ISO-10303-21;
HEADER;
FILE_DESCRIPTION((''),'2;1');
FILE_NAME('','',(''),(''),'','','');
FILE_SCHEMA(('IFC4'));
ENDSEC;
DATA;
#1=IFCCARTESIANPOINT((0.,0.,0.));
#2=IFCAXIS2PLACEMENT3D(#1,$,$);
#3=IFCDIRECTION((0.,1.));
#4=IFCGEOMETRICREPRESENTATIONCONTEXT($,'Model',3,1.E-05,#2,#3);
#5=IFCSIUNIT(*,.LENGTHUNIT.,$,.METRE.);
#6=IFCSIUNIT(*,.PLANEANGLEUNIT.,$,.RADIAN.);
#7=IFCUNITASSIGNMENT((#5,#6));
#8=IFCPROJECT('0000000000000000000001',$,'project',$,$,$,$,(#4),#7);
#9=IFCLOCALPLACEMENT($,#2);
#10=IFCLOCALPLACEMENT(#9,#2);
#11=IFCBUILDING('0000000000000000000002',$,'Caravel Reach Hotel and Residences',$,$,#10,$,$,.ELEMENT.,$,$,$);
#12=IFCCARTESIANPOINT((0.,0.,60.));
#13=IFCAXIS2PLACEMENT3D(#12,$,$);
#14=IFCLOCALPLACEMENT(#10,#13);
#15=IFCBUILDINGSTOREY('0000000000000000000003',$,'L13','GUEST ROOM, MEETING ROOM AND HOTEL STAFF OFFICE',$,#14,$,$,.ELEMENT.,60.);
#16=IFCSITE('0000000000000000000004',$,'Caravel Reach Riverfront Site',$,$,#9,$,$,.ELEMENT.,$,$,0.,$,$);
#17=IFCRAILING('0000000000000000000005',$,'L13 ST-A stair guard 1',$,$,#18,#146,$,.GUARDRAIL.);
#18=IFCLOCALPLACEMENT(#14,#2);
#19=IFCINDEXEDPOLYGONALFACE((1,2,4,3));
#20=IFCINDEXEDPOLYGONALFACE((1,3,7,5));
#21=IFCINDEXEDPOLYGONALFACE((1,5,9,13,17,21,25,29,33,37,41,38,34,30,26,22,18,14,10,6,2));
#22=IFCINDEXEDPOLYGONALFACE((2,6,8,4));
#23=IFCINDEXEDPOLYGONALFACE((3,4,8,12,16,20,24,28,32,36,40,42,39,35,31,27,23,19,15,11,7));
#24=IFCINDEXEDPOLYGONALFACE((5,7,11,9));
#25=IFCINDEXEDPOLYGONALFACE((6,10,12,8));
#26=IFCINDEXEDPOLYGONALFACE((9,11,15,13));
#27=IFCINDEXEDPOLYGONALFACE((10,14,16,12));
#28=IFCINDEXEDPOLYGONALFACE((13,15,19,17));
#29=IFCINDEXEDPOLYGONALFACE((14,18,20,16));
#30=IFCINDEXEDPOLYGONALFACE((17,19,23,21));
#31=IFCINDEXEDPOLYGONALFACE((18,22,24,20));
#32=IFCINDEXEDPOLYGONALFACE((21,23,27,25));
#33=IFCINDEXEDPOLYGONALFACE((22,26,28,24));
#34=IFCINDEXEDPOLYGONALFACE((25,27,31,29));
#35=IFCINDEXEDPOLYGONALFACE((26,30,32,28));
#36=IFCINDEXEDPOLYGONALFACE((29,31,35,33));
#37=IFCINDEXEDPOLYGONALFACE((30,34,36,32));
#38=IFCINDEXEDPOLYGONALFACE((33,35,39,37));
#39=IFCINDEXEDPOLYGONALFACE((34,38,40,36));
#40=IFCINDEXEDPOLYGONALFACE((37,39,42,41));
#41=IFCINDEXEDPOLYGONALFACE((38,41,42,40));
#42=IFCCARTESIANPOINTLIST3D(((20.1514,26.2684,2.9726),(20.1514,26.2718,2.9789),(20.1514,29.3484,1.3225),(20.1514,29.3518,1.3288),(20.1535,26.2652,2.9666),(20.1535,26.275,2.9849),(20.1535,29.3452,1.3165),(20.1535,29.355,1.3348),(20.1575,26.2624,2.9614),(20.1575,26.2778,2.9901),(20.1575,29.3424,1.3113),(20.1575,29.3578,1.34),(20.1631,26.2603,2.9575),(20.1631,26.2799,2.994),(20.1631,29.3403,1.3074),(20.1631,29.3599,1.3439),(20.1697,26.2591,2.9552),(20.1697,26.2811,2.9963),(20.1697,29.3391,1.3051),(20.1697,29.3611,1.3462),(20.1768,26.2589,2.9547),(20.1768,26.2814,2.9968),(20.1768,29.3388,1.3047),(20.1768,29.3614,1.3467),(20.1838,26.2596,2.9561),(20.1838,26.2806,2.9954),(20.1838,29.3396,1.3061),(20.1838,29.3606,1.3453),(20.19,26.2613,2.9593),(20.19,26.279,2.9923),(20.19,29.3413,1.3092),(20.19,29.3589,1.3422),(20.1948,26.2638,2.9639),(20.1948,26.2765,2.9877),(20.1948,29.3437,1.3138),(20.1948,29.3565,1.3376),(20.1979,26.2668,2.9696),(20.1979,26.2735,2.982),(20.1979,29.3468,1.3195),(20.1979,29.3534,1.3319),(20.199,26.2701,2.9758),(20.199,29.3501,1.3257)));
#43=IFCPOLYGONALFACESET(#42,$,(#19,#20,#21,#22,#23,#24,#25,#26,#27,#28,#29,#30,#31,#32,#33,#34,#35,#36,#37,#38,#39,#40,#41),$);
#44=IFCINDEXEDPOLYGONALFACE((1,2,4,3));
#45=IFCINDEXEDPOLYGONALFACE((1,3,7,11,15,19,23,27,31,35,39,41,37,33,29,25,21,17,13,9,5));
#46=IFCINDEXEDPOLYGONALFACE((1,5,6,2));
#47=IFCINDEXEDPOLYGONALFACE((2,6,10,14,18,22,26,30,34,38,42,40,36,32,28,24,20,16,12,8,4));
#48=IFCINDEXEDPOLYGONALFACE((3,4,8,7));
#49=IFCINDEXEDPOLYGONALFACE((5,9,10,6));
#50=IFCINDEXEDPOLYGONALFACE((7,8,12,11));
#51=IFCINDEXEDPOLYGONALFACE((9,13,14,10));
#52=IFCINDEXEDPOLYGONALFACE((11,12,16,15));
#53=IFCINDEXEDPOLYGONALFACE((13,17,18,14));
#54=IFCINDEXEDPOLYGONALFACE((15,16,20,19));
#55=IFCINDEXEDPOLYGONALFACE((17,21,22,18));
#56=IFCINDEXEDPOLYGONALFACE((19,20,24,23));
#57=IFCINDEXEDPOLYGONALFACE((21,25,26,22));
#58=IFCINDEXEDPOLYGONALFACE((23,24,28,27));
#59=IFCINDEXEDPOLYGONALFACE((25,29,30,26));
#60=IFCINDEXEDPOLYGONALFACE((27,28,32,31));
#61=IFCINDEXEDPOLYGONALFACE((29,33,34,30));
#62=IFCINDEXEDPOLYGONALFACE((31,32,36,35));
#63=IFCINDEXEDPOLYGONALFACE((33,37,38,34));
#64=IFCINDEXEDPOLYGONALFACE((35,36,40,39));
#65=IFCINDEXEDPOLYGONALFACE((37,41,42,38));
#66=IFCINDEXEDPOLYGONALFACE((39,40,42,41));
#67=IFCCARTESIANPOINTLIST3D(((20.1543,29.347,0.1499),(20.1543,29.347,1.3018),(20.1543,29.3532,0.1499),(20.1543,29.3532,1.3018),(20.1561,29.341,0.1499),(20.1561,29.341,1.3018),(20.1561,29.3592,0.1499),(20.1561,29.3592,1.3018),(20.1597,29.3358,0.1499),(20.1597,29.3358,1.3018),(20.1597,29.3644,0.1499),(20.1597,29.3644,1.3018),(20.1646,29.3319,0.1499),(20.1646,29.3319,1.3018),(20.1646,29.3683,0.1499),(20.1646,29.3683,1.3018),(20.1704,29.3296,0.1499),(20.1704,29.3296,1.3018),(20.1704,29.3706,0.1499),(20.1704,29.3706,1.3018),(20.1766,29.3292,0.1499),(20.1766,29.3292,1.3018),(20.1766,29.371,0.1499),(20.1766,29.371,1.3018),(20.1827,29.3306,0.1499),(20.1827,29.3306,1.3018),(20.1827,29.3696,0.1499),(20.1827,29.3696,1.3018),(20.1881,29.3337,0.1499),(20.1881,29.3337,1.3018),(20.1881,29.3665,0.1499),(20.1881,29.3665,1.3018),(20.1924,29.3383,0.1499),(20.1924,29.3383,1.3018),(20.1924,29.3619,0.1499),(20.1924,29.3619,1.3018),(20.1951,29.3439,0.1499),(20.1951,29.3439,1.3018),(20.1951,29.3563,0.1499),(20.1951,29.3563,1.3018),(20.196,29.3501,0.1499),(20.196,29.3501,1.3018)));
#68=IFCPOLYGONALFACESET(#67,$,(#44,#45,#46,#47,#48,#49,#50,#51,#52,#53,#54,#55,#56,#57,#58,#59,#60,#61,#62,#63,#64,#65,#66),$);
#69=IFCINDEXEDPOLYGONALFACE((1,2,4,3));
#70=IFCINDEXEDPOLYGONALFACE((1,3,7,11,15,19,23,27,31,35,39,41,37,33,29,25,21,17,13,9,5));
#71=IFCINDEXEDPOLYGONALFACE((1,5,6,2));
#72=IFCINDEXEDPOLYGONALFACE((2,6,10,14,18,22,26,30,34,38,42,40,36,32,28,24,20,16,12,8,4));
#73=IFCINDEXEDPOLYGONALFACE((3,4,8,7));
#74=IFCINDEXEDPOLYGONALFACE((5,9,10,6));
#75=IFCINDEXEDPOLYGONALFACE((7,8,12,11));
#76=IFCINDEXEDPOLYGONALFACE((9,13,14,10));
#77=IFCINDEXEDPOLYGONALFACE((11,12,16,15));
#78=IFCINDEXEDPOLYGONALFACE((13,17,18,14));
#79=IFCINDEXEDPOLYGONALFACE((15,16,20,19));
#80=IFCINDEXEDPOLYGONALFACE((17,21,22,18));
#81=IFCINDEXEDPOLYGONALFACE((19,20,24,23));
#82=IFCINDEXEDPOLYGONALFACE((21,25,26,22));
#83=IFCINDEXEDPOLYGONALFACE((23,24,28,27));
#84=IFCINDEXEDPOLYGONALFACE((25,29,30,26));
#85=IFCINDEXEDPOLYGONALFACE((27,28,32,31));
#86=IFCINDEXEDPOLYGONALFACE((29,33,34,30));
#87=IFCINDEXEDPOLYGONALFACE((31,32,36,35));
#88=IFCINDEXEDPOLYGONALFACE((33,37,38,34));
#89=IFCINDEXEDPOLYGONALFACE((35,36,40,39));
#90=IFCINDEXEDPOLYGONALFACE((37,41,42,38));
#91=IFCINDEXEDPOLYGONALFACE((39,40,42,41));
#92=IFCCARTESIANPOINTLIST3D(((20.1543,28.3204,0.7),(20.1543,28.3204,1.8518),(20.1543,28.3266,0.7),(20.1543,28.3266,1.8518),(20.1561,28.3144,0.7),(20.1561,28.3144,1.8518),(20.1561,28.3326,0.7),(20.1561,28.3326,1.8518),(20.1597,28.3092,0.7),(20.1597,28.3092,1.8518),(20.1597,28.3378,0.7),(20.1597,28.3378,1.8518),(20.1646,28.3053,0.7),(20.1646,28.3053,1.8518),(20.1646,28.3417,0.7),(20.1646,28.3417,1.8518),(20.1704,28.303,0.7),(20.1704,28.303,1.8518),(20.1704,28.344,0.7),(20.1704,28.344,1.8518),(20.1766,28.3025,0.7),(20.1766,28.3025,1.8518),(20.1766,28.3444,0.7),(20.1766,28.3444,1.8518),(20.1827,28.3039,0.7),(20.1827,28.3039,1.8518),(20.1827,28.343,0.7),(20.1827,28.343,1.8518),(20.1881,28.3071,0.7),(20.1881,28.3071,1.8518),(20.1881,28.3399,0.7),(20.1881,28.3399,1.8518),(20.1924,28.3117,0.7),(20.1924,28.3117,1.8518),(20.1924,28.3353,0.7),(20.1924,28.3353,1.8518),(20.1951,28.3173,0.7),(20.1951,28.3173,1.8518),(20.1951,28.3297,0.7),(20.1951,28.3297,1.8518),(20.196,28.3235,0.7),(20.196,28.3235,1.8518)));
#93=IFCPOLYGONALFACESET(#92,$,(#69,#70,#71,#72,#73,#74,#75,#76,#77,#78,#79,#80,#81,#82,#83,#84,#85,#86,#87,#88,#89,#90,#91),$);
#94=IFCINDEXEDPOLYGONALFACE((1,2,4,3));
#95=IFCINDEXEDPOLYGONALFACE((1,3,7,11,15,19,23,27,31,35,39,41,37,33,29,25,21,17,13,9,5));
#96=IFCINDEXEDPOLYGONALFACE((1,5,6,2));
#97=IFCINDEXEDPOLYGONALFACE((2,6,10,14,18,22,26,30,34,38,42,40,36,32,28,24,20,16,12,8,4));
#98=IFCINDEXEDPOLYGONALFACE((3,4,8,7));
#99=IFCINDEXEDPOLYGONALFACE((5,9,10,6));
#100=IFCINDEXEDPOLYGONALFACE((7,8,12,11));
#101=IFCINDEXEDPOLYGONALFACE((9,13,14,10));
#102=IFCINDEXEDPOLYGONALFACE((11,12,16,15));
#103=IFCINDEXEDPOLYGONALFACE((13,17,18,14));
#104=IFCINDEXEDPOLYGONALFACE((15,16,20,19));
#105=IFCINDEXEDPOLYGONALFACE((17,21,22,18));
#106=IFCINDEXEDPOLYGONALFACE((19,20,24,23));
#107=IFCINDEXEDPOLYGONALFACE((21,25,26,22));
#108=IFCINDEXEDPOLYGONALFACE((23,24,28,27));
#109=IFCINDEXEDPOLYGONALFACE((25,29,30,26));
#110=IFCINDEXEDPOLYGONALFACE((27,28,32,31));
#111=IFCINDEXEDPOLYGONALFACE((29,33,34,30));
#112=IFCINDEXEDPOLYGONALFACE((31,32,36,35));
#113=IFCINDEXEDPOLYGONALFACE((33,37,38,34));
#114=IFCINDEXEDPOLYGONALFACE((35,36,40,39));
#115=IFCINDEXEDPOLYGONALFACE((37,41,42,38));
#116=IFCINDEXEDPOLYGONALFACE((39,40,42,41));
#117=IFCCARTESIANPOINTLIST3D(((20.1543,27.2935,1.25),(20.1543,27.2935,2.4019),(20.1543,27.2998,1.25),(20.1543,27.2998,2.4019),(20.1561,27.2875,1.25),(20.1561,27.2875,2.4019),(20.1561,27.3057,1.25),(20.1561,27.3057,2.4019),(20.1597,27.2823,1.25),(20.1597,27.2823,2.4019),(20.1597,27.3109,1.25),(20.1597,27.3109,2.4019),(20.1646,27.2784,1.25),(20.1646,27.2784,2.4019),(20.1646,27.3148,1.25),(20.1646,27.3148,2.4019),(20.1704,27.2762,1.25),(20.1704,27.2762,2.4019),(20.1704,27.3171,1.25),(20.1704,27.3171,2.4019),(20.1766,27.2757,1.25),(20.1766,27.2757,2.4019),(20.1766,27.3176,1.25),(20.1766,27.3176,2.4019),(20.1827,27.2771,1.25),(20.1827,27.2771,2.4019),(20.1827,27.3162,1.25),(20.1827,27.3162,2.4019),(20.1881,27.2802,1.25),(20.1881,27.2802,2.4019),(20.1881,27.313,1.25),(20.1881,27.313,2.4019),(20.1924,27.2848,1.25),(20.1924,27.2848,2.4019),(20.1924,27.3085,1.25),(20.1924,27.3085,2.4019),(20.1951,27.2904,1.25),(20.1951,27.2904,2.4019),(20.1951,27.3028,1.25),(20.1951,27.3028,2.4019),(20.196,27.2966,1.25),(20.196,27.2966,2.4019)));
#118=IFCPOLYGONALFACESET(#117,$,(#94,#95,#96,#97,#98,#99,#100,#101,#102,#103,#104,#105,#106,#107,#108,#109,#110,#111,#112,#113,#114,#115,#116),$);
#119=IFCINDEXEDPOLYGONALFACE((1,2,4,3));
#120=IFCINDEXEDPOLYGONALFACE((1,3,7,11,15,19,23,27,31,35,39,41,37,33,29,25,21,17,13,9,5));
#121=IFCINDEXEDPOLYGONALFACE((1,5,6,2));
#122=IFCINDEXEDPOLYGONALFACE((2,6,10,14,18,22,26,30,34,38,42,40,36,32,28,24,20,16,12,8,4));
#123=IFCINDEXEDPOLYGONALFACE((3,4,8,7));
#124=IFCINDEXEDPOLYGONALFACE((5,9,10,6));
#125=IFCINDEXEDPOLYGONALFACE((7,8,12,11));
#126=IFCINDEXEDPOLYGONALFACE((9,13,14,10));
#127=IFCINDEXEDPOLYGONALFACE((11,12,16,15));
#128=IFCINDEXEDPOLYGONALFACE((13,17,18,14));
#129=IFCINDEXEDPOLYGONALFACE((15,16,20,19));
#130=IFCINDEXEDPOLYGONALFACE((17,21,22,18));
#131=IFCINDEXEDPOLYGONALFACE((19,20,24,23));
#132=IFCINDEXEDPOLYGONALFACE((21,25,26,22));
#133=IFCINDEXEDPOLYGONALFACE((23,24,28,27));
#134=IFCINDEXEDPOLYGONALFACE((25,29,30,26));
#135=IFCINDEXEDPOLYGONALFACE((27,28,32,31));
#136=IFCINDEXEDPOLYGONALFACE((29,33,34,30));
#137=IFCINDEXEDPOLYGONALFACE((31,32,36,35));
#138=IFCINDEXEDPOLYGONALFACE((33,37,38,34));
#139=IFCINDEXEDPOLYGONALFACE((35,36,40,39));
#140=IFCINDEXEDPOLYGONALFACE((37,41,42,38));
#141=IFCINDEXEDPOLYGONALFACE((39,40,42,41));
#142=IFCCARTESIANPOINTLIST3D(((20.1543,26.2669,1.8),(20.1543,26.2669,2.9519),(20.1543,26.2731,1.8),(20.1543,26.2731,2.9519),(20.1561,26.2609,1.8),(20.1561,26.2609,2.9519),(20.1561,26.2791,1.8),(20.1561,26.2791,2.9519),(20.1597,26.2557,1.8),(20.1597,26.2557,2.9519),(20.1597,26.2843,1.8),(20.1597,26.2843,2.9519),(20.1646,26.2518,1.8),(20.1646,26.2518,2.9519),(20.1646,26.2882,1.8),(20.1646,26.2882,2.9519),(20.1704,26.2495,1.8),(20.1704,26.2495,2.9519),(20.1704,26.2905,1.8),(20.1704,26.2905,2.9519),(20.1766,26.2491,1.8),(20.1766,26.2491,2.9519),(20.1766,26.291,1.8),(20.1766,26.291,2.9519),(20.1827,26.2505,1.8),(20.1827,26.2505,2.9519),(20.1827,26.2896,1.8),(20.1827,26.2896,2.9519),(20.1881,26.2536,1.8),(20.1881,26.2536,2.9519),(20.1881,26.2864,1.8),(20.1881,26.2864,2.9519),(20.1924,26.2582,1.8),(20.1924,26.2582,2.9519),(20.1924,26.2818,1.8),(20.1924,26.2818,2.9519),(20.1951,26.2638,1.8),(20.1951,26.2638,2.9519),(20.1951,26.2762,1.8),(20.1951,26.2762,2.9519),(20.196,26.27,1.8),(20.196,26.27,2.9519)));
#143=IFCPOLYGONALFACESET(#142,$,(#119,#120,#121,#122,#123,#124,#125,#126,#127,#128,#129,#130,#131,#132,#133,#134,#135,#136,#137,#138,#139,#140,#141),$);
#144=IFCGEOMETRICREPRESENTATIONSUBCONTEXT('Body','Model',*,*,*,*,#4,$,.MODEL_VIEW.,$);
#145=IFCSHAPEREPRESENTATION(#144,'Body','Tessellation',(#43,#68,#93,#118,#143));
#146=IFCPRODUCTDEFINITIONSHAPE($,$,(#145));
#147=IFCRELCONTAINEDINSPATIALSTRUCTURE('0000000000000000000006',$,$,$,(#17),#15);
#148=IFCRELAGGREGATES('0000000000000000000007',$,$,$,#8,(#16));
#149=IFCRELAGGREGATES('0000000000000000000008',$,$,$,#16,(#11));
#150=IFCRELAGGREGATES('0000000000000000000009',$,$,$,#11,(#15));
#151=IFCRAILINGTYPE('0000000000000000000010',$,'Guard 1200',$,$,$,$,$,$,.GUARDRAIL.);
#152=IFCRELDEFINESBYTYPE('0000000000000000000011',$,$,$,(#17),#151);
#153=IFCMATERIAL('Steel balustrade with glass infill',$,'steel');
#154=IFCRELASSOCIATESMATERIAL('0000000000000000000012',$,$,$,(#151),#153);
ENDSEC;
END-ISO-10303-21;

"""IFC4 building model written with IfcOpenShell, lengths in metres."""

from ifc_helpers import new_model, si_unit, direction, frame, origin, origin_2d, place, context, subcontext, project, spatial, circle, extrude, material, type_object, element, save


model = new_model("IFC4")

# Units and contexts
model_context = context("Model", 3, precision=1e-05, world=origin(), true_north=direction((0.0, 1.0)))
body_context = subcontext(model_context, "Body", "Model", "MODEL_VIEW")
ifc_project = project(units=[si_unit("LENGTHUNIT", "METRE"), si_unit("PLANEANGLEUNIT", "RADIAN")], contexts=[model_context])

# Site, building, storey
site_placement = place(None, origin())
site = spatial("IfcSite", under=ifc_project, at=site_placement, Name="Caravel Reach Riverfront Site", CompositionType="ELEMENT", RefElevation=0.0)
building_placement = place(site_placement, origin())
building = spatial("IfcBuilding", under=site, at=building_placement, Name="Caravel Reach Hotel and Residences", CompositionType="ELEMENT")
storey_placement = place(building_placement, frame((0.0, 0.0, 60.0)))
storey = spatial("IfcBuildingStorey", under=building, at=storey_placement, Name="L13", Description="GUEST ROOM, MEETING ROOM AND HOTEL STAFF OFFICE", CompositionType="ELEMENT", Elevation=60.0)

# Railing
ifc_material_1 = material(Name="Steel balustrade with glass infill", Category="steel")
railing_type_1 = type_object("IfcRailingType", Name="Guard 1200", PredefinedType="GUARDRAIL", material=ifc_material_1)
railing_1_placement = place(storey_placement, frame((20.175, 29.3501, 0.1499)))
element("IfcRailing", 1, at=railing_1_placement, inside=storey, type_object=railing_type_1, Name="L13 ST-A stair guard 1", PredefinedType="GUARDRAIL", context=body_context, shape_type="SweptSolid", body=[
    extrude(circle(Radius=0.0239, at=origin_2d()), frame((0.0, 0.0, 1.1758), z_axis=(0.0, -0.881468, 0.472245), x_axis=(1.0, 0.0, 0.0)), (0.0, 0.0, 1.0), 3.4941),
    extrude(circle(Radius=0.021, at=origin_2d()), origin(), (0.0, 0.0, 1.0), 1.1519),
    extrude(circle(Radius=0.021, at=origin_2d()), frame((0.0, -1.0266, 0.55)), (0.0, 0.0, 1.0), 1.1519),
    extrude(circle(Radius=0.021, at=origin_2d()), frame((0.0, -2.0535, 1.1001)), (0.0, 0.0, 1.0), 1.1519),
    extrude(circle(Radius=0.021, at=origin_2d()), frame((0.0, -3.0801, 1.6501)), (0.0, 0.0, 1.0), 1.1519),
])

save(model, "model.ifc")
